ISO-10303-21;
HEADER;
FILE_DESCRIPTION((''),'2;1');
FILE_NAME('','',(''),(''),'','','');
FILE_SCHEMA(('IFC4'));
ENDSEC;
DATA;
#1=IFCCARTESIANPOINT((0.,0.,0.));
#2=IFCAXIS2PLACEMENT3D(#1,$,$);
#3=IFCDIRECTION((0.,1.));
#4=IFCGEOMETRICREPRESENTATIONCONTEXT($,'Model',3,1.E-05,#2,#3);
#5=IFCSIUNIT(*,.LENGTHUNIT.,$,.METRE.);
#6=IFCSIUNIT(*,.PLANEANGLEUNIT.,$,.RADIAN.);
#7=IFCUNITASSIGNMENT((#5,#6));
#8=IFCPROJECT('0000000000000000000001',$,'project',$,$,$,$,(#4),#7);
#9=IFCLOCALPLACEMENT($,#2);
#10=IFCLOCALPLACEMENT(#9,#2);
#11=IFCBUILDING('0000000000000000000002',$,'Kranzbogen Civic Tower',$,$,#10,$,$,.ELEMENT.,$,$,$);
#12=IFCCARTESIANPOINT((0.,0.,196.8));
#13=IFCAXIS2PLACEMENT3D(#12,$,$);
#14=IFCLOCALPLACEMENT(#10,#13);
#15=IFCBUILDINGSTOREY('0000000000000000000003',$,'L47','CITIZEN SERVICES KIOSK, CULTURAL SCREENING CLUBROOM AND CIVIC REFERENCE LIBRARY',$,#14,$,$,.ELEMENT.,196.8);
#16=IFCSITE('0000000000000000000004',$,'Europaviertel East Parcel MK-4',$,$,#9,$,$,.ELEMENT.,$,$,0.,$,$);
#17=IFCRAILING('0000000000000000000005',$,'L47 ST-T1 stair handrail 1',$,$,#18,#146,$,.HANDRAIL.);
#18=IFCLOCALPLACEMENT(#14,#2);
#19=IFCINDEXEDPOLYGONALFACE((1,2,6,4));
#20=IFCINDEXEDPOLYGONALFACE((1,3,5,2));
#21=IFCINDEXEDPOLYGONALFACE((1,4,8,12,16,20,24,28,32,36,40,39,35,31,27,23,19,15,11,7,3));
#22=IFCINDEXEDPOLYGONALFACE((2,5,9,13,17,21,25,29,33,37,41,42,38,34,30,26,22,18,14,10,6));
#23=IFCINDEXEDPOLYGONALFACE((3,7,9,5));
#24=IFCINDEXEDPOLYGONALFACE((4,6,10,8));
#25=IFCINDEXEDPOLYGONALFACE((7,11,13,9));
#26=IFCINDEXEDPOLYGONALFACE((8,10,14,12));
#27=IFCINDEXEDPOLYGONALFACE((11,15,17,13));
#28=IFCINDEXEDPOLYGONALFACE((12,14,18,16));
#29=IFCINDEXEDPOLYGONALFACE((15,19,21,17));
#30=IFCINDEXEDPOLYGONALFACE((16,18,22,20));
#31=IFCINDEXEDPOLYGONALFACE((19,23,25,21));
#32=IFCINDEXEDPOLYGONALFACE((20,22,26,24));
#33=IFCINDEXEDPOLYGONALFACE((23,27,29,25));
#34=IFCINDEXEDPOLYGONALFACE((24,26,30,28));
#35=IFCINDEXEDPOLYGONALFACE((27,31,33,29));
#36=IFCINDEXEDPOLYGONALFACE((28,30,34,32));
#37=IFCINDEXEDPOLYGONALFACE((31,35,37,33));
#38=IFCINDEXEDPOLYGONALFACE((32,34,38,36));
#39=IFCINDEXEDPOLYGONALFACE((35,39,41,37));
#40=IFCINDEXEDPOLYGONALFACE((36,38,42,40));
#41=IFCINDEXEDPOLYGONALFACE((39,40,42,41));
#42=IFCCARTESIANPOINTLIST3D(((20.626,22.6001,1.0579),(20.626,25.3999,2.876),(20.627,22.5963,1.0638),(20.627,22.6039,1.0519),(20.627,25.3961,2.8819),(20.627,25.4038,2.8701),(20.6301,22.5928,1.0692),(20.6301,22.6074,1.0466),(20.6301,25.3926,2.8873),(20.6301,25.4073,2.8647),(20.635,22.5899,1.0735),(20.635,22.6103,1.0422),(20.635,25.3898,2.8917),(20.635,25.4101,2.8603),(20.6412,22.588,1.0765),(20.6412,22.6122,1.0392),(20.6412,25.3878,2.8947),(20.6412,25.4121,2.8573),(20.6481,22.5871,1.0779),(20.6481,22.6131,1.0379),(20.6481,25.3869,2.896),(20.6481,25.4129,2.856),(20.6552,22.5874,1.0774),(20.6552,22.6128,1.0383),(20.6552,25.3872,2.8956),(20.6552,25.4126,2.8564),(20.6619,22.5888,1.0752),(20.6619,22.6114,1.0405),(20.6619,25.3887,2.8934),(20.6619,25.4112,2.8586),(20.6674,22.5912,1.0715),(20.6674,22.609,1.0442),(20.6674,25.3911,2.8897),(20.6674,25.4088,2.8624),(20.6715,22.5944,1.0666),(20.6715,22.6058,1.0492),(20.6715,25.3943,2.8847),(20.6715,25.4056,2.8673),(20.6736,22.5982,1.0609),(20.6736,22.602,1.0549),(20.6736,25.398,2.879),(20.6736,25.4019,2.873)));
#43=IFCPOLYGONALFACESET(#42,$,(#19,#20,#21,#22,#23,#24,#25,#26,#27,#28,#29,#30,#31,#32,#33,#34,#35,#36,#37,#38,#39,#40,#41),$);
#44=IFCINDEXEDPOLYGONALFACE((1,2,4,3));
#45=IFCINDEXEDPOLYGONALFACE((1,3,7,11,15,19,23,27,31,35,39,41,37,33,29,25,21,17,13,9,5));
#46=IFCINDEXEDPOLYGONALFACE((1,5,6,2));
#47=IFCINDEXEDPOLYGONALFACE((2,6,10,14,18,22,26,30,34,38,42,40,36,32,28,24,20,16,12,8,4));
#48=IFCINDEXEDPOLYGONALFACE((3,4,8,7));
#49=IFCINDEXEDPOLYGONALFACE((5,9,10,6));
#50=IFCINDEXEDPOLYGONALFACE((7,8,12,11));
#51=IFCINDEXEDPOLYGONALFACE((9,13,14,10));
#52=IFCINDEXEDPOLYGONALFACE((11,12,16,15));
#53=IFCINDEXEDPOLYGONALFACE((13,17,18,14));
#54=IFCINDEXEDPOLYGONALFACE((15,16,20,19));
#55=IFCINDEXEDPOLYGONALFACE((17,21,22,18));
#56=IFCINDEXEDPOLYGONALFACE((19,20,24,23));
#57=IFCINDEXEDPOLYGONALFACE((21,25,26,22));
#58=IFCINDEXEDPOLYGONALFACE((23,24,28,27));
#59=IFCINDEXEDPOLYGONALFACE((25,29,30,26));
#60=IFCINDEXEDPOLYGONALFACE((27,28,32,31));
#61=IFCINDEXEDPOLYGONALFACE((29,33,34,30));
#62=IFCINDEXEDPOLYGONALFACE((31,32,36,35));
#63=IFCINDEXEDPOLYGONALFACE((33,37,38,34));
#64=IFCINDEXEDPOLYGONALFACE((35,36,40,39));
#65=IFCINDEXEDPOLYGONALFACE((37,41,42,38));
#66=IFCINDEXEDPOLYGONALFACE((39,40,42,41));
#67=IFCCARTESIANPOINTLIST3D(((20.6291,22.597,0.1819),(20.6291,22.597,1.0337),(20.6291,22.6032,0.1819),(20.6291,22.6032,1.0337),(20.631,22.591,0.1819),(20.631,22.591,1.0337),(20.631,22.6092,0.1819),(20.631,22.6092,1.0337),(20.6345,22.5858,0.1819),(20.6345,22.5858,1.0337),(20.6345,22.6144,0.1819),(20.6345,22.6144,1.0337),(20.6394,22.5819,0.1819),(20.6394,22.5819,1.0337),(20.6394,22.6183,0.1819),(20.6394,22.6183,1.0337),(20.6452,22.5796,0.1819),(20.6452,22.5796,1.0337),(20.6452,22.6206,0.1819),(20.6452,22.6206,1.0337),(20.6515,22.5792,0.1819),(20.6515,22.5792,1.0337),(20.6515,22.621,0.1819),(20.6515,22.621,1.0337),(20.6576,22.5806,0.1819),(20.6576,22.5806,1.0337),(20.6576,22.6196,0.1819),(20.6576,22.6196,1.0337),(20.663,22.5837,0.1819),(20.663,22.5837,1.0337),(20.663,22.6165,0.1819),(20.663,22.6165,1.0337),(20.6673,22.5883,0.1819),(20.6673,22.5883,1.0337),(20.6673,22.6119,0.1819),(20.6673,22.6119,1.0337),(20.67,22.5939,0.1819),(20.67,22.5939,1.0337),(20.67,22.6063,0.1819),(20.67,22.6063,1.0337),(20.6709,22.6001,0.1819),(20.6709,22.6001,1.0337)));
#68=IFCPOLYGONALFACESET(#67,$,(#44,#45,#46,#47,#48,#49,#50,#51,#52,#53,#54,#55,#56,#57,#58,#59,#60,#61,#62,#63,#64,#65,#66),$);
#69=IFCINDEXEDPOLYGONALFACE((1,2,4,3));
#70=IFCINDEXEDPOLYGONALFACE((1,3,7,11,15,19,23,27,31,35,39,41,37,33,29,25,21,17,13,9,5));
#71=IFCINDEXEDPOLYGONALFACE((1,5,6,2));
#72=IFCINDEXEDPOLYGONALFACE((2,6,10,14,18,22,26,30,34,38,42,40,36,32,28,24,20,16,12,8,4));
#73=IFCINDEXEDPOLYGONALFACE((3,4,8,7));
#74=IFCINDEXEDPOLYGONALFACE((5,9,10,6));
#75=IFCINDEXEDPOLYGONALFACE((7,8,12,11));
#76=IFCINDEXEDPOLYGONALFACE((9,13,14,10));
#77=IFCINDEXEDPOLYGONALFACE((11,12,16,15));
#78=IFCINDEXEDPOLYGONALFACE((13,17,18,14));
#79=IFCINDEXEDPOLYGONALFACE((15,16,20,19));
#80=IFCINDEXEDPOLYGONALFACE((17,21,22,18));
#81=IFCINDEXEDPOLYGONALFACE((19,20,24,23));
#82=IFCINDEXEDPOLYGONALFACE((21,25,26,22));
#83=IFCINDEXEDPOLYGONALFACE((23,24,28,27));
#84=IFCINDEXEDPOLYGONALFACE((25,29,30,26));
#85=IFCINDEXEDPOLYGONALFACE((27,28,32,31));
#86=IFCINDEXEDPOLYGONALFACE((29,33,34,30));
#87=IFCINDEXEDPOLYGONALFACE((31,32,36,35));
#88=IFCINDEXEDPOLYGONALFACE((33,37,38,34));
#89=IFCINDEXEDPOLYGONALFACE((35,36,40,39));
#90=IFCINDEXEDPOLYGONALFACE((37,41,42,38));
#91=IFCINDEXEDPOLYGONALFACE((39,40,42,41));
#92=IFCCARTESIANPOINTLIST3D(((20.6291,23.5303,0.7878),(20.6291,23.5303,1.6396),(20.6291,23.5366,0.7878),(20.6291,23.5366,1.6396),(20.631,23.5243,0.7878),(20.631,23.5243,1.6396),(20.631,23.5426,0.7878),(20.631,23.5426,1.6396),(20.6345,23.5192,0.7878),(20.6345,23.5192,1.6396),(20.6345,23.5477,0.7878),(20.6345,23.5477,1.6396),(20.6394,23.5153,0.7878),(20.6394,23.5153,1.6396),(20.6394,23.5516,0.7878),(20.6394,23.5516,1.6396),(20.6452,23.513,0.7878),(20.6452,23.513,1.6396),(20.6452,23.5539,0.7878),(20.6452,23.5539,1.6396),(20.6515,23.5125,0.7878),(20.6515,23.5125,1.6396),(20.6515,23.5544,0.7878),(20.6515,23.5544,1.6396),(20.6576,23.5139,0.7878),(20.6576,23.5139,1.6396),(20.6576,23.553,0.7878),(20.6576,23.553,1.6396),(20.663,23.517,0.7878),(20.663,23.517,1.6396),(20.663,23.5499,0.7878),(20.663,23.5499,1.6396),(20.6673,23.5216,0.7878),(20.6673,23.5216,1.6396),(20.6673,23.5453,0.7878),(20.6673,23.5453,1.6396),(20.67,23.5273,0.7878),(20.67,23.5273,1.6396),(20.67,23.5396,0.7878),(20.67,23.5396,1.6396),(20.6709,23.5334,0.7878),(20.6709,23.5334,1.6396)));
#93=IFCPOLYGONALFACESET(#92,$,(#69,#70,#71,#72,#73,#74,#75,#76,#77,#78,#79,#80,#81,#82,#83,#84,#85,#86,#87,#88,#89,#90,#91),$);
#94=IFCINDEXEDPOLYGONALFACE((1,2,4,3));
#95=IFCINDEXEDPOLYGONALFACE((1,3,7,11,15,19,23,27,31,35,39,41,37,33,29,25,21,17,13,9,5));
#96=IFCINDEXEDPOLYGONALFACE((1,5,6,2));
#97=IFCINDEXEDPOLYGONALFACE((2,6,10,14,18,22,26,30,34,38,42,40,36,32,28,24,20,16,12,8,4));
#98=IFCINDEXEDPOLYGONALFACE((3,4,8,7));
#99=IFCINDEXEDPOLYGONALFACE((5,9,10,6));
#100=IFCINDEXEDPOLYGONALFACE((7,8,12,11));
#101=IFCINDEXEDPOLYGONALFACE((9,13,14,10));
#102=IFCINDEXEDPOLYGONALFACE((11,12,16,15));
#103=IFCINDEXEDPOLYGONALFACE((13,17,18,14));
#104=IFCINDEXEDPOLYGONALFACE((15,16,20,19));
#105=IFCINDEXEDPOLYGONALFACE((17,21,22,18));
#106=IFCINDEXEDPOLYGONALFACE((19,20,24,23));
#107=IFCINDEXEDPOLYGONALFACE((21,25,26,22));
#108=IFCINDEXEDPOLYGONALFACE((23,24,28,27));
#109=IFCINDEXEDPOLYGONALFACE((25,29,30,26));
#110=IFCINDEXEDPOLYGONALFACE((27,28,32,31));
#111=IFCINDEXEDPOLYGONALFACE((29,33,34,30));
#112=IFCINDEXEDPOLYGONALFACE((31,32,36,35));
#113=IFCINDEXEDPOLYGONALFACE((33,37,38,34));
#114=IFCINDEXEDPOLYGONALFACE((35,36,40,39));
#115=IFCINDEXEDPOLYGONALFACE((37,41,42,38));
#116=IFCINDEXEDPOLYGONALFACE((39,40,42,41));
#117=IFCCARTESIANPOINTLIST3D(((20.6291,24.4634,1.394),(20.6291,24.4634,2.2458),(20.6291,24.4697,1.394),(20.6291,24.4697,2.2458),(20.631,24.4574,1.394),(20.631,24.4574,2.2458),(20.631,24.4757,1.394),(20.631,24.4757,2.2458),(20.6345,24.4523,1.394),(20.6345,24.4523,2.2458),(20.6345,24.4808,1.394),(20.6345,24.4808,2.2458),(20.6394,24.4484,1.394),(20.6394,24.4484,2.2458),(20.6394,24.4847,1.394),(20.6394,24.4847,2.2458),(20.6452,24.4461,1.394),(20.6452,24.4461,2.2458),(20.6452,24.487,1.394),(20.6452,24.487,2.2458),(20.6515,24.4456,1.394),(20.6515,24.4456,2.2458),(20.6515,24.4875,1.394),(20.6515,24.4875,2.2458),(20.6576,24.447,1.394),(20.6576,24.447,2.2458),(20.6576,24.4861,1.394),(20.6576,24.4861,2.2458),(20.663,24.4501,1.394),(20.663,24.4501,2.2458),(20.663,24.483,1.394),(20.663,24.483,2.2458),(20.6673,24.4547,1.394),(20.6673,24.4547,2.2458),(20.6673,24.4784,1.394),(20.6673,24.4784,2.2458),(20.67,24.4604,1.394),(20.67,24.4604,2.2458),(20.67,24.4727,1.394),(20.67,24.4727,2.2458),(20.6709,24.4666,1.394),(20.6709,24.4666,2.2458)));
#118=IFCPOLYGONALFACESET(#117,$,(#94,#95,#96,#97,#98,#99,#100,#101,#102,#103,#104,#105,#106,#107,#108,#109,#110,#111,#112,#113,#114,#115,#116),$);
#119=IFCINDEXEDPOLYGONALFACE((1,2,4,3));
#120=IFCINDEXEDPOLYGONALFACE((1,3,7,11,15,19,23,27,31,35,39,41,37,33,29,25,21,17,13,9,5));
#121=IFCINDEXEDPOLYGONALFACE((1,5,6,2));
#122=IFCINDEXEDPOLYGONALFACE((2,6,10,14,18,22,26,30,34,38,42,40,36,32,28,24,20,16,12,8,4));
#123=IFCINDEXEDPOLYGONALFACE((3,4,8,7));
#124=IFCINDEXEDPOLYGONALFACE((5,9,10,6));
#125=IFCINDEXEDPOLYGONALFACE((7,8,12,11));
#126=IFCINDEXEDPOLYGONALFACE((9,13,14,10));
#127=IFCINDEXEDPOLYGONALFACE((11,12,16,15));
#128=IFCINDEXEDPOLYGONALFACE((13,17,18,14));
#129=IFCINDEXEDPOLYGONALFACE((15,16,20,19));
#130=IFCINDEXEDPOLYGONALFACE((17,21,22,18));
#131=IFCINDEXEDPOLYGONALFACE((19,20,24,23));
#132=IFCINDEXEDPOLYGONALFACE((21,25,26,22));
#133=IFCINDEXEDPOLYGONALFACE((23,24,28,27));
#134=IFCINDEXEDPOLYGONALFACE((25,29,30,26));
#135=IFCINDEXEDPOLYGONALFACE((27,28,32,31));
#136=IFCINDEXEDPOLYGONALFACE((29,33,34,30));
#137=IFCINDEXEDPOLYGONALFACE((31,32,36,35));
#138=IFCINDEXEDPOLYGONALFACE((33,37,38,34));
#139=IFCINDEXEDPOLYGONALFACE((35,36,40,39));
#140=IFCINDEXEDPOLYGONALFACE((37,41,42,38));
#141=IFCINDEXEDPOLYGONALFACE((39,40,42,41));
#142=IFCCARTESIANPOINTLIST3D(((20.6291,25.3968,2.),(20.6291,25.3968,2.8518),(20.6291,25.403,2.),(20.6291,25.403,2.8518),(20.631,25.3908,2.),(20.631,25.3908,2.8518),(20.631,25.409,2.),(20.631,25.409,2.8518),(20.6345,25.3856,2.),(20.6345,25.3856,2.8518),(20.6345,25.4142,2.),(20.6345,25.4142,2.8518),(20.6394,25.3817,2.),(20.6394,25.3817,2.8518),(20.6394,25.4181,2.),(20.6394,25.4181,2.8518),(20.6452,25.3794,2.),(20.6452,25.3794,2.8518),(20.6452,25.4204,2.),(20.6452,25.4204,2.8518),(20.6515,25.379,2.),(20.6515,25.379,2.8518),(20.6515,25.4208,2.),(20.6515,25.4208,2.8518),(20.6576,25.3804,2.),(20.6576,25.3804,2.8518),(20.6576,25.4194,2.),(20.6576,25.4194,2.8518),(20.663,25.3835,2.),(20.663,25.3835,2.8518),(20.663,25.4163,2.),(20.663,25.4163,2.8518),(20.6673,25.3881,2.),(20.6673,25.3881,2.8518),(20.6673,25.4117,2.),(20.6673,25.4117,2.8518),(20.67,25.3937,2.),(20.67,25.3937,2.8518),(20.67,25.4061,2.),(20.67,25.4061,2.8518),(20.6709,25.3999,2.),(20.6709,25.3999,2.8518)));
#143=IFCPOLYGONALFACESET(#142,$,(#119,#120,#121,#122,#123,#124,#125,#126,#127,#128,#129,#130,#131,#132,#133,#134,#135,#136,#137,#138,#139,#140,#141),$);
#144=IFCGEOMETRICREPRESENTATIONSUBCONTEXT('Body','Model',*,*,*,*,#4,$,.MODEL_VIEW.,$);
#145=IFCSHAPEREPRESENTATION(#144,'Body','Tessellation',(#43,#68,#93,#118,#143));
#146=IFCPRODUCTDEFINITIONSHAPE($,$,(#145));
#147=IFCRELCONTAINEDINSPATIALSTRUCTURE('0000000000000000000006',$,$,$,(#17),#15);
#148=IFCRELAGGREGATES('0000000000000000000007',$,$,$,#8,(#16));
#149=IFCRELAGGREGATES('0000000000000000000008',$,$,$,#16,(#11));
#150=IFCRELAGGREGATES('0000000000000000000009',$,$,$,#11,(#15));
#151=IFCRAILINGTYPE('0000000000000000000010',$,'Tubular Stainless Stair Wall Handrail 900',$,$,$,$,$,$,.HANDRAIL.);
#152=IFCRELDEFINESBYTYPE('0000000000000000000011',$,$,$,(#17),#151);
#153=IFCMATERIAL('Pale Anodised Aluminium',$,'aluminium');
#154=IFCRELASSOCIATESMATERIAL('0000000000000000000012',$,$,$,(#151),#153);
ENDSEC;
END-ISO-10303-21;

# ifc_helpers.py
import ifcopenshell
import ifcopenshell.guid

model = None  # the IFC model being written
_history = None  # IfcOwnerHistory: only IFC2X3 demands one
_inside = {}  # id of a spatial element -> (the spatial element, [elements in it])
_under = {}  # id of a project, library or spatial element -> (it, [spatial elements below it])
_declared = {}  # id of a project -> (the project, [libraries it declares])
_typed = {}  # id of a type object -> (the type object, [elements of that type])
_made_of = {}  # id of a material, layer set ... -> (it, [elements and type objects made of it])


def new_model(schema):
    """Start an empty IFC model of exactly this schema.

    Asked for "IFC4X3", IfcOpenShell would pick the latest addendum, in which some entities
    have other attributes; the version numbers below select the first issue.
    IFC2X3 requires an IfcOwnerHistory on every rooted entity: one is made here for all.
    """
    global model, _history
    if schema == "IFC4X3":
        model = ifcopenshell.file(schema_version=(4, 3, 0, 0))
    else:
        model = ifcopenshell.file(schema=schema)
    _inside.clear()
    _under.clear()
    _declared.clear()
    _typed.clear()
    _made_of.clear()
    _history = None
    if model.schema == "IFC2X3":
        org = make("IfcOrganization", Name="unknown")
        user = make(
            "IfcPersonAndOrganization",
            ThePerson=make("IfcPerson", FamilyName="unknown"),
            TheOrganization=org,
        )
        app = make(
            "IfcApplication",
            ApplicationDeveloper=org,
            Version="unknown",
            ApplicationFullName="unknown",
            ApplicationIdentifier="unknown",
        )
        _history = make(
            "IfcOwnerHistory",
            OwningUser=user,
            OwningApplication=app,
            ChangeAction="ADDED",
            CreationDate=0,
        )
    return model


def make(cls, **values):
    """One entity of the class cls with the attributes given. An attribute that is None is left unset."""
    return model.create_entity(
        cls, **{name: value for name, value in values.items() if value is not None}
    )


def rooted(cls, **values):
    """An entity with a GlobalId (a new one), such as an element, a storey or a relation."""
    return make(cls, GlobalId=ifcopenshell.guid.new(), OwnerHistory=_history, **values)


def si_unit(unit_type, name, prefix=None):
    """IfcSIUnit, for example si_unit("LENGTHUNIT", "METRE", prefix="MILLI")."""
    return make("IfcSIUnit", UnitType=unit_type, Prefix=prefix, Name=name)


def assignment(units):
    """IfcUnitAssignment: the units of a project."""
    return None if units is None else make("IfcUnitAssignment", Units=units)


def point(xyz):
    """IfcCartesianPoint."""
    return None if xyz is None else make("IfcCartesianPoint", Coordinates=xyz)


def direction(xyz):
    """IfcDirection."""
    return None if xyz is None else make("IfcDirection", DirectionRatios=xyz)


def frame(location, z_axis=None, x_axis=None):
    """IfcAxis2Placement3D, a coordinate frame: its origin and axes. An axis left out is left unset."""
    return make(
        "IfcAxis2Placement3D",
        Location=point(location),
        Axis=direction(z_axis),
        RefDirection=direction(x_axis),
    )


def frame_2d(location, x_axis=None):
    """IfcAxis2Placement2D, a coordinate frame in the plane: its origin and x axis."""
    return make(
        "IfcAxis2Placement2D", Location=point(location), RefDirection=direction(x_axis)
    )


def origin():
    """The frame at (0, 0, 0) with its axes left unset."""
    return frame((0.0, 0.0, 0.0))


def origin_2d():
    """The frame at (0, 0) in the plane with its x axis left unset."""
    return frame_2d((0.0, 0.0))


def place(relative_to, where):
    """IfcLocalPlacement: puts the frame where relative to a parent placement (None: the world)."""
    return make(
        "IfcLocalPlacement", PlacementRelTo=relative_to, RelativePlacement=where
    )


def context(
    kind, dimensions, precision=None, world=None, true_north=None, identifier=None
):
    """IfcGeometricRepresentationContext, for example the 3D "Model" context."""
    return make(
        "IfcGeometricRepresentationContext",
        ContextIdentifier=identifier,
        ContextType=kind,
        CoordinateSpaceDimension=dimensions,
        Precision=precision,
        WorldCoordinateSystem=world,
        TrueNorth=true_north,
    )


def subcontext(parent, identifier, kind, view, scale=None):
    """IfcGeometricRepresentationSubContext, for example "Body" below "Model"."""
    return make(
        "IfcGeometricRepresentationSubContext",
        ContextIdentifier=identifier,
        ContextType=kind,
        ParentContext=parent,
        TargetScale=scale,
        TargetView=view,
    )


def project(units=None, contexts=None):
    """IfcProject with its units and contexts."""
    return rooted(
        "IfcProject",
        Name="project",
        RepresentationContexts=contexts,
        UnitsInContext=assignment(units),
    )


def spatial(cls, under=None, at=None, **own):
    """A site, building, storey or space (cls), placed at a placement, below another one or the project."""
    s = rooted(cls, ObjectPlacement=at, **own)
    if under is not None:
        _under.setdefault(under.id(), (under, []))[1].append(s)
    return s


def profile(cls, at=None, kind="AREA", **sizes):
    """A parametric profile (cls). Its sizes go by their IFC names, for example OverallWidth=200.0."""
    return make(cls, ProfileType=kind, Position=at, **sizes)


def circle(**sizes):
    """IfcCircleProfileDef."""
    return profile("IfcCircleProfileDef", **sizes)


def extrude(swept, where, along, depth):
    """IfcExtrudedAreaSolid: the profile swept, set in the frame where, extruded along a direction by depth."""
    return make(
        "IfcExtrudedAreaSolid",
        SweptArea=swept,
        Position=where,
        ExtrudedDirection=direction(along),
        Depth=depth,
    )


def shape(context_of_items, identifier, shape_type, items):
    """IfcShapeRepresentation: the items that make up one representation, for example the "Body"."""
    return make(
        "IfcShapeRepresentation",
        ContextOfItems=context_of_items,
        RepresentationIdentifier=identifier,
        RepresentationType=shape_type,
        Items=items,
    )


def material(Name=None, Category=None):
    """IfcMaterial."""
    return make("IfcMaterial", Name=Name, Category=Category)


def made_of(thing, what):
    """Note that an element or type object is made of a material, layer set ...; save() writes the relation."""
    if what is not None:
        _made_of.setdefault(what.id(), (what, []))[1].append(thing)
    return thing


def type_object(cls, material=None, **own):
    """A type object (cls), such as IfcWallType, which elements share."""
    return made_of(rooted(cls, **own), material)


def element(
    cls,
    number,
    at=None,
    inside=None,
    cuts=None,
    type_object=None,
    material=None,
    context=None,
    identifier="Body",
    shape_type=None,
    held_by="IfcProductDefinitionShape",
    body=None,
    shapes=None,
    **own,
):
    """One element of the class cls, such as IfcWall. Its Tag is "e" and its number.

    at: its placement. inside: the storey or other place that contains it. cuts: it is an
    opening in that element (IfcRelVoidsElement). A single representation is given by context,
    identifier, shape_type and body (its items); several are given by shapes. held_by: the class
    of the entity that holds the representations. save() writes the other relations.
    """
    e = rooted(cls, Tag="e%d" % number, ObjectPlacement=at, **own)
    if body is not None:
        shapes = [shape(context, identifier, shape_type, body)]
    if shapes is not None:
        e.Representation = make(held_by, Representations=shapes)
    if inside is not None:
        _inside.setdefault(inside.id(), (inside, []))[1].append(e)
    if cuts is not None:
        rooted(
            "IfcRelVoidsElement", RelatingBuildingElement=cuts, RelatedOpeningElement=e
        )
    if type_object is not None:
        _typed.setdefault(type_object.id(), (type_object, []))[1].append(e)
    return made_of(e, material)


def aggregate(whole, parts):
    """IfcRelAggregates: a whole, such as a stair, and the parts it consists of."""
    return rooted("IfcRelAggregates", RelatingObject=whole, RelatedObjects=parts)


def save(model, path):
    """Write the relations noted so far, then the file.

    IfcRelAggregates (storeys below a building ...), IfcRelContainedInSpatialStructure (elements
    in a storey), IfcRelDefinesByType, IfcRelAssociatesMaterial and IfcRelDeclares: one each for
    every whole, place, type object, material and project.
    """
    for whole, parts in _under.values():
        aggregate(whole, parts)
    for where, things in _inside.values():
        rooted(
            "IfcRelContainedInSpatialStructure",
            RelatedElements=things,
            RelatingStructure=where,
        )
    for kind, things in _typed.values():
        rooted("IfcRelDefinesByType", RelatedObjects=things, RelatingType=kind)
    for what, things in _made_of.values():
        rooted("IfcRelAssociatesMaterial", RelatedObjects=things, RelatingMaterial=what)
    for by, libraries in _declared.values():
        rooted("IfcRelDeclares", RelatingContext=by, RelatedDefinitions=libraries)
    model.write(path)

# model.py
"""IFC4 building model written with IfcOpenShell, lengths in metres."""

from ifc_helpers import new_model, si_unit, direction, frame, origin, origin_2d, place, context, subcontext, project, spatial, circle, extrude, material, type_object, element, save


model = new_model("IFC4")

# Units and contexts
model_context = context("Model", 3, precision=1e-05, world=origin(), true_north=direction((0.0, 1.0)))
body_context = subcontext(model_context, "Body", "Model", "MODEL_VIEW")
ifc_project = project(units=[si_unit("LENGTHUNIT", "METRE"), si_unit("PLANEANGLEUNIT", "RADIAN")], contexts=[model_context])

# Site, building, storey
site_placement = place(None, origin())
site = spatial("IfcSite", under=ifc_project, at=site_placement, Name="Europaviertel East Parcel MK-4", CompositionType="ELEMENT", RefElevation=0.0)
building_placement = place(site_placement, origin())
building = spatial("IfcBuilding", under=site, at=building_placement, Name="Kranzbogen Civic Tower", CompositionType="ELEMENT")
storey_placement = place(building_placement, frame((0.0, 0.0, 196.8)))
storey = spatial("IfcBuildingStorey", under=building, at=storey_placement, Name="L47", Description="CITIZEN SERVICES KIOSK, CULTURAL SCREENING CLUBROOM AND CIVIC REFERENCE LIBRARY", CompositionType="ELEMENT", Elevation=196.8)

# Shared definitions
ifc_material_1 = material(Name="Pale Anodised Aluminium", Category="aluminium")

# Railing
railing_type_1 = type_object("IfcRailingType", Name="Tubular Stainless Stair Wall Handrail 900", PredefinedType="HANDRAIL", material=ifc_material_1)
railing_1_placement = place(storey_placement, frame((20.6499, 22.6001, 0.1819)))
element("IfcRailing", 1, at=railing_1_placement, inside=storey, type_object=railing_type_1, Name="L47 ST-T1 stair handrail 1", PredefinedType="HANDRAIL", context=body_context, shape_type="SweptSolid", body=[
    extrude(circle(Radius=0.0239, at=origin_2d()), frame((0.0, 0.0, 0.876), z_axis=(0.0, 0.838684, 0.544618), x_axis=(-1.0, 0.0, 0.0)), (0.0, 0.0, 1.0), 3.3384),
    extrude(circle(Radius=0.021, at=origin_2d()), origin(), (0.0, 0.0, 1.0), 0.8518),
    extrude(circle(Radius=0.021, at=origin_2d()), frame((0.0, 0.9333, 0.606)), (0.0, 0.0, 1.0), 0.8518),
    extrude(circle(Radius=0.021, at=origin_2d()), frame((0.0, 1.8665, 1.2122)), (0.0, 0.0, 1.0), 0.8518),
    extrude(circle(Radius=0.021, at=origin_2d()), frame((0.0, 2.7998, 1.8181)), (0.0, 0.0, 1.0), 0.8518),
])

save(model, "model.ifc")
